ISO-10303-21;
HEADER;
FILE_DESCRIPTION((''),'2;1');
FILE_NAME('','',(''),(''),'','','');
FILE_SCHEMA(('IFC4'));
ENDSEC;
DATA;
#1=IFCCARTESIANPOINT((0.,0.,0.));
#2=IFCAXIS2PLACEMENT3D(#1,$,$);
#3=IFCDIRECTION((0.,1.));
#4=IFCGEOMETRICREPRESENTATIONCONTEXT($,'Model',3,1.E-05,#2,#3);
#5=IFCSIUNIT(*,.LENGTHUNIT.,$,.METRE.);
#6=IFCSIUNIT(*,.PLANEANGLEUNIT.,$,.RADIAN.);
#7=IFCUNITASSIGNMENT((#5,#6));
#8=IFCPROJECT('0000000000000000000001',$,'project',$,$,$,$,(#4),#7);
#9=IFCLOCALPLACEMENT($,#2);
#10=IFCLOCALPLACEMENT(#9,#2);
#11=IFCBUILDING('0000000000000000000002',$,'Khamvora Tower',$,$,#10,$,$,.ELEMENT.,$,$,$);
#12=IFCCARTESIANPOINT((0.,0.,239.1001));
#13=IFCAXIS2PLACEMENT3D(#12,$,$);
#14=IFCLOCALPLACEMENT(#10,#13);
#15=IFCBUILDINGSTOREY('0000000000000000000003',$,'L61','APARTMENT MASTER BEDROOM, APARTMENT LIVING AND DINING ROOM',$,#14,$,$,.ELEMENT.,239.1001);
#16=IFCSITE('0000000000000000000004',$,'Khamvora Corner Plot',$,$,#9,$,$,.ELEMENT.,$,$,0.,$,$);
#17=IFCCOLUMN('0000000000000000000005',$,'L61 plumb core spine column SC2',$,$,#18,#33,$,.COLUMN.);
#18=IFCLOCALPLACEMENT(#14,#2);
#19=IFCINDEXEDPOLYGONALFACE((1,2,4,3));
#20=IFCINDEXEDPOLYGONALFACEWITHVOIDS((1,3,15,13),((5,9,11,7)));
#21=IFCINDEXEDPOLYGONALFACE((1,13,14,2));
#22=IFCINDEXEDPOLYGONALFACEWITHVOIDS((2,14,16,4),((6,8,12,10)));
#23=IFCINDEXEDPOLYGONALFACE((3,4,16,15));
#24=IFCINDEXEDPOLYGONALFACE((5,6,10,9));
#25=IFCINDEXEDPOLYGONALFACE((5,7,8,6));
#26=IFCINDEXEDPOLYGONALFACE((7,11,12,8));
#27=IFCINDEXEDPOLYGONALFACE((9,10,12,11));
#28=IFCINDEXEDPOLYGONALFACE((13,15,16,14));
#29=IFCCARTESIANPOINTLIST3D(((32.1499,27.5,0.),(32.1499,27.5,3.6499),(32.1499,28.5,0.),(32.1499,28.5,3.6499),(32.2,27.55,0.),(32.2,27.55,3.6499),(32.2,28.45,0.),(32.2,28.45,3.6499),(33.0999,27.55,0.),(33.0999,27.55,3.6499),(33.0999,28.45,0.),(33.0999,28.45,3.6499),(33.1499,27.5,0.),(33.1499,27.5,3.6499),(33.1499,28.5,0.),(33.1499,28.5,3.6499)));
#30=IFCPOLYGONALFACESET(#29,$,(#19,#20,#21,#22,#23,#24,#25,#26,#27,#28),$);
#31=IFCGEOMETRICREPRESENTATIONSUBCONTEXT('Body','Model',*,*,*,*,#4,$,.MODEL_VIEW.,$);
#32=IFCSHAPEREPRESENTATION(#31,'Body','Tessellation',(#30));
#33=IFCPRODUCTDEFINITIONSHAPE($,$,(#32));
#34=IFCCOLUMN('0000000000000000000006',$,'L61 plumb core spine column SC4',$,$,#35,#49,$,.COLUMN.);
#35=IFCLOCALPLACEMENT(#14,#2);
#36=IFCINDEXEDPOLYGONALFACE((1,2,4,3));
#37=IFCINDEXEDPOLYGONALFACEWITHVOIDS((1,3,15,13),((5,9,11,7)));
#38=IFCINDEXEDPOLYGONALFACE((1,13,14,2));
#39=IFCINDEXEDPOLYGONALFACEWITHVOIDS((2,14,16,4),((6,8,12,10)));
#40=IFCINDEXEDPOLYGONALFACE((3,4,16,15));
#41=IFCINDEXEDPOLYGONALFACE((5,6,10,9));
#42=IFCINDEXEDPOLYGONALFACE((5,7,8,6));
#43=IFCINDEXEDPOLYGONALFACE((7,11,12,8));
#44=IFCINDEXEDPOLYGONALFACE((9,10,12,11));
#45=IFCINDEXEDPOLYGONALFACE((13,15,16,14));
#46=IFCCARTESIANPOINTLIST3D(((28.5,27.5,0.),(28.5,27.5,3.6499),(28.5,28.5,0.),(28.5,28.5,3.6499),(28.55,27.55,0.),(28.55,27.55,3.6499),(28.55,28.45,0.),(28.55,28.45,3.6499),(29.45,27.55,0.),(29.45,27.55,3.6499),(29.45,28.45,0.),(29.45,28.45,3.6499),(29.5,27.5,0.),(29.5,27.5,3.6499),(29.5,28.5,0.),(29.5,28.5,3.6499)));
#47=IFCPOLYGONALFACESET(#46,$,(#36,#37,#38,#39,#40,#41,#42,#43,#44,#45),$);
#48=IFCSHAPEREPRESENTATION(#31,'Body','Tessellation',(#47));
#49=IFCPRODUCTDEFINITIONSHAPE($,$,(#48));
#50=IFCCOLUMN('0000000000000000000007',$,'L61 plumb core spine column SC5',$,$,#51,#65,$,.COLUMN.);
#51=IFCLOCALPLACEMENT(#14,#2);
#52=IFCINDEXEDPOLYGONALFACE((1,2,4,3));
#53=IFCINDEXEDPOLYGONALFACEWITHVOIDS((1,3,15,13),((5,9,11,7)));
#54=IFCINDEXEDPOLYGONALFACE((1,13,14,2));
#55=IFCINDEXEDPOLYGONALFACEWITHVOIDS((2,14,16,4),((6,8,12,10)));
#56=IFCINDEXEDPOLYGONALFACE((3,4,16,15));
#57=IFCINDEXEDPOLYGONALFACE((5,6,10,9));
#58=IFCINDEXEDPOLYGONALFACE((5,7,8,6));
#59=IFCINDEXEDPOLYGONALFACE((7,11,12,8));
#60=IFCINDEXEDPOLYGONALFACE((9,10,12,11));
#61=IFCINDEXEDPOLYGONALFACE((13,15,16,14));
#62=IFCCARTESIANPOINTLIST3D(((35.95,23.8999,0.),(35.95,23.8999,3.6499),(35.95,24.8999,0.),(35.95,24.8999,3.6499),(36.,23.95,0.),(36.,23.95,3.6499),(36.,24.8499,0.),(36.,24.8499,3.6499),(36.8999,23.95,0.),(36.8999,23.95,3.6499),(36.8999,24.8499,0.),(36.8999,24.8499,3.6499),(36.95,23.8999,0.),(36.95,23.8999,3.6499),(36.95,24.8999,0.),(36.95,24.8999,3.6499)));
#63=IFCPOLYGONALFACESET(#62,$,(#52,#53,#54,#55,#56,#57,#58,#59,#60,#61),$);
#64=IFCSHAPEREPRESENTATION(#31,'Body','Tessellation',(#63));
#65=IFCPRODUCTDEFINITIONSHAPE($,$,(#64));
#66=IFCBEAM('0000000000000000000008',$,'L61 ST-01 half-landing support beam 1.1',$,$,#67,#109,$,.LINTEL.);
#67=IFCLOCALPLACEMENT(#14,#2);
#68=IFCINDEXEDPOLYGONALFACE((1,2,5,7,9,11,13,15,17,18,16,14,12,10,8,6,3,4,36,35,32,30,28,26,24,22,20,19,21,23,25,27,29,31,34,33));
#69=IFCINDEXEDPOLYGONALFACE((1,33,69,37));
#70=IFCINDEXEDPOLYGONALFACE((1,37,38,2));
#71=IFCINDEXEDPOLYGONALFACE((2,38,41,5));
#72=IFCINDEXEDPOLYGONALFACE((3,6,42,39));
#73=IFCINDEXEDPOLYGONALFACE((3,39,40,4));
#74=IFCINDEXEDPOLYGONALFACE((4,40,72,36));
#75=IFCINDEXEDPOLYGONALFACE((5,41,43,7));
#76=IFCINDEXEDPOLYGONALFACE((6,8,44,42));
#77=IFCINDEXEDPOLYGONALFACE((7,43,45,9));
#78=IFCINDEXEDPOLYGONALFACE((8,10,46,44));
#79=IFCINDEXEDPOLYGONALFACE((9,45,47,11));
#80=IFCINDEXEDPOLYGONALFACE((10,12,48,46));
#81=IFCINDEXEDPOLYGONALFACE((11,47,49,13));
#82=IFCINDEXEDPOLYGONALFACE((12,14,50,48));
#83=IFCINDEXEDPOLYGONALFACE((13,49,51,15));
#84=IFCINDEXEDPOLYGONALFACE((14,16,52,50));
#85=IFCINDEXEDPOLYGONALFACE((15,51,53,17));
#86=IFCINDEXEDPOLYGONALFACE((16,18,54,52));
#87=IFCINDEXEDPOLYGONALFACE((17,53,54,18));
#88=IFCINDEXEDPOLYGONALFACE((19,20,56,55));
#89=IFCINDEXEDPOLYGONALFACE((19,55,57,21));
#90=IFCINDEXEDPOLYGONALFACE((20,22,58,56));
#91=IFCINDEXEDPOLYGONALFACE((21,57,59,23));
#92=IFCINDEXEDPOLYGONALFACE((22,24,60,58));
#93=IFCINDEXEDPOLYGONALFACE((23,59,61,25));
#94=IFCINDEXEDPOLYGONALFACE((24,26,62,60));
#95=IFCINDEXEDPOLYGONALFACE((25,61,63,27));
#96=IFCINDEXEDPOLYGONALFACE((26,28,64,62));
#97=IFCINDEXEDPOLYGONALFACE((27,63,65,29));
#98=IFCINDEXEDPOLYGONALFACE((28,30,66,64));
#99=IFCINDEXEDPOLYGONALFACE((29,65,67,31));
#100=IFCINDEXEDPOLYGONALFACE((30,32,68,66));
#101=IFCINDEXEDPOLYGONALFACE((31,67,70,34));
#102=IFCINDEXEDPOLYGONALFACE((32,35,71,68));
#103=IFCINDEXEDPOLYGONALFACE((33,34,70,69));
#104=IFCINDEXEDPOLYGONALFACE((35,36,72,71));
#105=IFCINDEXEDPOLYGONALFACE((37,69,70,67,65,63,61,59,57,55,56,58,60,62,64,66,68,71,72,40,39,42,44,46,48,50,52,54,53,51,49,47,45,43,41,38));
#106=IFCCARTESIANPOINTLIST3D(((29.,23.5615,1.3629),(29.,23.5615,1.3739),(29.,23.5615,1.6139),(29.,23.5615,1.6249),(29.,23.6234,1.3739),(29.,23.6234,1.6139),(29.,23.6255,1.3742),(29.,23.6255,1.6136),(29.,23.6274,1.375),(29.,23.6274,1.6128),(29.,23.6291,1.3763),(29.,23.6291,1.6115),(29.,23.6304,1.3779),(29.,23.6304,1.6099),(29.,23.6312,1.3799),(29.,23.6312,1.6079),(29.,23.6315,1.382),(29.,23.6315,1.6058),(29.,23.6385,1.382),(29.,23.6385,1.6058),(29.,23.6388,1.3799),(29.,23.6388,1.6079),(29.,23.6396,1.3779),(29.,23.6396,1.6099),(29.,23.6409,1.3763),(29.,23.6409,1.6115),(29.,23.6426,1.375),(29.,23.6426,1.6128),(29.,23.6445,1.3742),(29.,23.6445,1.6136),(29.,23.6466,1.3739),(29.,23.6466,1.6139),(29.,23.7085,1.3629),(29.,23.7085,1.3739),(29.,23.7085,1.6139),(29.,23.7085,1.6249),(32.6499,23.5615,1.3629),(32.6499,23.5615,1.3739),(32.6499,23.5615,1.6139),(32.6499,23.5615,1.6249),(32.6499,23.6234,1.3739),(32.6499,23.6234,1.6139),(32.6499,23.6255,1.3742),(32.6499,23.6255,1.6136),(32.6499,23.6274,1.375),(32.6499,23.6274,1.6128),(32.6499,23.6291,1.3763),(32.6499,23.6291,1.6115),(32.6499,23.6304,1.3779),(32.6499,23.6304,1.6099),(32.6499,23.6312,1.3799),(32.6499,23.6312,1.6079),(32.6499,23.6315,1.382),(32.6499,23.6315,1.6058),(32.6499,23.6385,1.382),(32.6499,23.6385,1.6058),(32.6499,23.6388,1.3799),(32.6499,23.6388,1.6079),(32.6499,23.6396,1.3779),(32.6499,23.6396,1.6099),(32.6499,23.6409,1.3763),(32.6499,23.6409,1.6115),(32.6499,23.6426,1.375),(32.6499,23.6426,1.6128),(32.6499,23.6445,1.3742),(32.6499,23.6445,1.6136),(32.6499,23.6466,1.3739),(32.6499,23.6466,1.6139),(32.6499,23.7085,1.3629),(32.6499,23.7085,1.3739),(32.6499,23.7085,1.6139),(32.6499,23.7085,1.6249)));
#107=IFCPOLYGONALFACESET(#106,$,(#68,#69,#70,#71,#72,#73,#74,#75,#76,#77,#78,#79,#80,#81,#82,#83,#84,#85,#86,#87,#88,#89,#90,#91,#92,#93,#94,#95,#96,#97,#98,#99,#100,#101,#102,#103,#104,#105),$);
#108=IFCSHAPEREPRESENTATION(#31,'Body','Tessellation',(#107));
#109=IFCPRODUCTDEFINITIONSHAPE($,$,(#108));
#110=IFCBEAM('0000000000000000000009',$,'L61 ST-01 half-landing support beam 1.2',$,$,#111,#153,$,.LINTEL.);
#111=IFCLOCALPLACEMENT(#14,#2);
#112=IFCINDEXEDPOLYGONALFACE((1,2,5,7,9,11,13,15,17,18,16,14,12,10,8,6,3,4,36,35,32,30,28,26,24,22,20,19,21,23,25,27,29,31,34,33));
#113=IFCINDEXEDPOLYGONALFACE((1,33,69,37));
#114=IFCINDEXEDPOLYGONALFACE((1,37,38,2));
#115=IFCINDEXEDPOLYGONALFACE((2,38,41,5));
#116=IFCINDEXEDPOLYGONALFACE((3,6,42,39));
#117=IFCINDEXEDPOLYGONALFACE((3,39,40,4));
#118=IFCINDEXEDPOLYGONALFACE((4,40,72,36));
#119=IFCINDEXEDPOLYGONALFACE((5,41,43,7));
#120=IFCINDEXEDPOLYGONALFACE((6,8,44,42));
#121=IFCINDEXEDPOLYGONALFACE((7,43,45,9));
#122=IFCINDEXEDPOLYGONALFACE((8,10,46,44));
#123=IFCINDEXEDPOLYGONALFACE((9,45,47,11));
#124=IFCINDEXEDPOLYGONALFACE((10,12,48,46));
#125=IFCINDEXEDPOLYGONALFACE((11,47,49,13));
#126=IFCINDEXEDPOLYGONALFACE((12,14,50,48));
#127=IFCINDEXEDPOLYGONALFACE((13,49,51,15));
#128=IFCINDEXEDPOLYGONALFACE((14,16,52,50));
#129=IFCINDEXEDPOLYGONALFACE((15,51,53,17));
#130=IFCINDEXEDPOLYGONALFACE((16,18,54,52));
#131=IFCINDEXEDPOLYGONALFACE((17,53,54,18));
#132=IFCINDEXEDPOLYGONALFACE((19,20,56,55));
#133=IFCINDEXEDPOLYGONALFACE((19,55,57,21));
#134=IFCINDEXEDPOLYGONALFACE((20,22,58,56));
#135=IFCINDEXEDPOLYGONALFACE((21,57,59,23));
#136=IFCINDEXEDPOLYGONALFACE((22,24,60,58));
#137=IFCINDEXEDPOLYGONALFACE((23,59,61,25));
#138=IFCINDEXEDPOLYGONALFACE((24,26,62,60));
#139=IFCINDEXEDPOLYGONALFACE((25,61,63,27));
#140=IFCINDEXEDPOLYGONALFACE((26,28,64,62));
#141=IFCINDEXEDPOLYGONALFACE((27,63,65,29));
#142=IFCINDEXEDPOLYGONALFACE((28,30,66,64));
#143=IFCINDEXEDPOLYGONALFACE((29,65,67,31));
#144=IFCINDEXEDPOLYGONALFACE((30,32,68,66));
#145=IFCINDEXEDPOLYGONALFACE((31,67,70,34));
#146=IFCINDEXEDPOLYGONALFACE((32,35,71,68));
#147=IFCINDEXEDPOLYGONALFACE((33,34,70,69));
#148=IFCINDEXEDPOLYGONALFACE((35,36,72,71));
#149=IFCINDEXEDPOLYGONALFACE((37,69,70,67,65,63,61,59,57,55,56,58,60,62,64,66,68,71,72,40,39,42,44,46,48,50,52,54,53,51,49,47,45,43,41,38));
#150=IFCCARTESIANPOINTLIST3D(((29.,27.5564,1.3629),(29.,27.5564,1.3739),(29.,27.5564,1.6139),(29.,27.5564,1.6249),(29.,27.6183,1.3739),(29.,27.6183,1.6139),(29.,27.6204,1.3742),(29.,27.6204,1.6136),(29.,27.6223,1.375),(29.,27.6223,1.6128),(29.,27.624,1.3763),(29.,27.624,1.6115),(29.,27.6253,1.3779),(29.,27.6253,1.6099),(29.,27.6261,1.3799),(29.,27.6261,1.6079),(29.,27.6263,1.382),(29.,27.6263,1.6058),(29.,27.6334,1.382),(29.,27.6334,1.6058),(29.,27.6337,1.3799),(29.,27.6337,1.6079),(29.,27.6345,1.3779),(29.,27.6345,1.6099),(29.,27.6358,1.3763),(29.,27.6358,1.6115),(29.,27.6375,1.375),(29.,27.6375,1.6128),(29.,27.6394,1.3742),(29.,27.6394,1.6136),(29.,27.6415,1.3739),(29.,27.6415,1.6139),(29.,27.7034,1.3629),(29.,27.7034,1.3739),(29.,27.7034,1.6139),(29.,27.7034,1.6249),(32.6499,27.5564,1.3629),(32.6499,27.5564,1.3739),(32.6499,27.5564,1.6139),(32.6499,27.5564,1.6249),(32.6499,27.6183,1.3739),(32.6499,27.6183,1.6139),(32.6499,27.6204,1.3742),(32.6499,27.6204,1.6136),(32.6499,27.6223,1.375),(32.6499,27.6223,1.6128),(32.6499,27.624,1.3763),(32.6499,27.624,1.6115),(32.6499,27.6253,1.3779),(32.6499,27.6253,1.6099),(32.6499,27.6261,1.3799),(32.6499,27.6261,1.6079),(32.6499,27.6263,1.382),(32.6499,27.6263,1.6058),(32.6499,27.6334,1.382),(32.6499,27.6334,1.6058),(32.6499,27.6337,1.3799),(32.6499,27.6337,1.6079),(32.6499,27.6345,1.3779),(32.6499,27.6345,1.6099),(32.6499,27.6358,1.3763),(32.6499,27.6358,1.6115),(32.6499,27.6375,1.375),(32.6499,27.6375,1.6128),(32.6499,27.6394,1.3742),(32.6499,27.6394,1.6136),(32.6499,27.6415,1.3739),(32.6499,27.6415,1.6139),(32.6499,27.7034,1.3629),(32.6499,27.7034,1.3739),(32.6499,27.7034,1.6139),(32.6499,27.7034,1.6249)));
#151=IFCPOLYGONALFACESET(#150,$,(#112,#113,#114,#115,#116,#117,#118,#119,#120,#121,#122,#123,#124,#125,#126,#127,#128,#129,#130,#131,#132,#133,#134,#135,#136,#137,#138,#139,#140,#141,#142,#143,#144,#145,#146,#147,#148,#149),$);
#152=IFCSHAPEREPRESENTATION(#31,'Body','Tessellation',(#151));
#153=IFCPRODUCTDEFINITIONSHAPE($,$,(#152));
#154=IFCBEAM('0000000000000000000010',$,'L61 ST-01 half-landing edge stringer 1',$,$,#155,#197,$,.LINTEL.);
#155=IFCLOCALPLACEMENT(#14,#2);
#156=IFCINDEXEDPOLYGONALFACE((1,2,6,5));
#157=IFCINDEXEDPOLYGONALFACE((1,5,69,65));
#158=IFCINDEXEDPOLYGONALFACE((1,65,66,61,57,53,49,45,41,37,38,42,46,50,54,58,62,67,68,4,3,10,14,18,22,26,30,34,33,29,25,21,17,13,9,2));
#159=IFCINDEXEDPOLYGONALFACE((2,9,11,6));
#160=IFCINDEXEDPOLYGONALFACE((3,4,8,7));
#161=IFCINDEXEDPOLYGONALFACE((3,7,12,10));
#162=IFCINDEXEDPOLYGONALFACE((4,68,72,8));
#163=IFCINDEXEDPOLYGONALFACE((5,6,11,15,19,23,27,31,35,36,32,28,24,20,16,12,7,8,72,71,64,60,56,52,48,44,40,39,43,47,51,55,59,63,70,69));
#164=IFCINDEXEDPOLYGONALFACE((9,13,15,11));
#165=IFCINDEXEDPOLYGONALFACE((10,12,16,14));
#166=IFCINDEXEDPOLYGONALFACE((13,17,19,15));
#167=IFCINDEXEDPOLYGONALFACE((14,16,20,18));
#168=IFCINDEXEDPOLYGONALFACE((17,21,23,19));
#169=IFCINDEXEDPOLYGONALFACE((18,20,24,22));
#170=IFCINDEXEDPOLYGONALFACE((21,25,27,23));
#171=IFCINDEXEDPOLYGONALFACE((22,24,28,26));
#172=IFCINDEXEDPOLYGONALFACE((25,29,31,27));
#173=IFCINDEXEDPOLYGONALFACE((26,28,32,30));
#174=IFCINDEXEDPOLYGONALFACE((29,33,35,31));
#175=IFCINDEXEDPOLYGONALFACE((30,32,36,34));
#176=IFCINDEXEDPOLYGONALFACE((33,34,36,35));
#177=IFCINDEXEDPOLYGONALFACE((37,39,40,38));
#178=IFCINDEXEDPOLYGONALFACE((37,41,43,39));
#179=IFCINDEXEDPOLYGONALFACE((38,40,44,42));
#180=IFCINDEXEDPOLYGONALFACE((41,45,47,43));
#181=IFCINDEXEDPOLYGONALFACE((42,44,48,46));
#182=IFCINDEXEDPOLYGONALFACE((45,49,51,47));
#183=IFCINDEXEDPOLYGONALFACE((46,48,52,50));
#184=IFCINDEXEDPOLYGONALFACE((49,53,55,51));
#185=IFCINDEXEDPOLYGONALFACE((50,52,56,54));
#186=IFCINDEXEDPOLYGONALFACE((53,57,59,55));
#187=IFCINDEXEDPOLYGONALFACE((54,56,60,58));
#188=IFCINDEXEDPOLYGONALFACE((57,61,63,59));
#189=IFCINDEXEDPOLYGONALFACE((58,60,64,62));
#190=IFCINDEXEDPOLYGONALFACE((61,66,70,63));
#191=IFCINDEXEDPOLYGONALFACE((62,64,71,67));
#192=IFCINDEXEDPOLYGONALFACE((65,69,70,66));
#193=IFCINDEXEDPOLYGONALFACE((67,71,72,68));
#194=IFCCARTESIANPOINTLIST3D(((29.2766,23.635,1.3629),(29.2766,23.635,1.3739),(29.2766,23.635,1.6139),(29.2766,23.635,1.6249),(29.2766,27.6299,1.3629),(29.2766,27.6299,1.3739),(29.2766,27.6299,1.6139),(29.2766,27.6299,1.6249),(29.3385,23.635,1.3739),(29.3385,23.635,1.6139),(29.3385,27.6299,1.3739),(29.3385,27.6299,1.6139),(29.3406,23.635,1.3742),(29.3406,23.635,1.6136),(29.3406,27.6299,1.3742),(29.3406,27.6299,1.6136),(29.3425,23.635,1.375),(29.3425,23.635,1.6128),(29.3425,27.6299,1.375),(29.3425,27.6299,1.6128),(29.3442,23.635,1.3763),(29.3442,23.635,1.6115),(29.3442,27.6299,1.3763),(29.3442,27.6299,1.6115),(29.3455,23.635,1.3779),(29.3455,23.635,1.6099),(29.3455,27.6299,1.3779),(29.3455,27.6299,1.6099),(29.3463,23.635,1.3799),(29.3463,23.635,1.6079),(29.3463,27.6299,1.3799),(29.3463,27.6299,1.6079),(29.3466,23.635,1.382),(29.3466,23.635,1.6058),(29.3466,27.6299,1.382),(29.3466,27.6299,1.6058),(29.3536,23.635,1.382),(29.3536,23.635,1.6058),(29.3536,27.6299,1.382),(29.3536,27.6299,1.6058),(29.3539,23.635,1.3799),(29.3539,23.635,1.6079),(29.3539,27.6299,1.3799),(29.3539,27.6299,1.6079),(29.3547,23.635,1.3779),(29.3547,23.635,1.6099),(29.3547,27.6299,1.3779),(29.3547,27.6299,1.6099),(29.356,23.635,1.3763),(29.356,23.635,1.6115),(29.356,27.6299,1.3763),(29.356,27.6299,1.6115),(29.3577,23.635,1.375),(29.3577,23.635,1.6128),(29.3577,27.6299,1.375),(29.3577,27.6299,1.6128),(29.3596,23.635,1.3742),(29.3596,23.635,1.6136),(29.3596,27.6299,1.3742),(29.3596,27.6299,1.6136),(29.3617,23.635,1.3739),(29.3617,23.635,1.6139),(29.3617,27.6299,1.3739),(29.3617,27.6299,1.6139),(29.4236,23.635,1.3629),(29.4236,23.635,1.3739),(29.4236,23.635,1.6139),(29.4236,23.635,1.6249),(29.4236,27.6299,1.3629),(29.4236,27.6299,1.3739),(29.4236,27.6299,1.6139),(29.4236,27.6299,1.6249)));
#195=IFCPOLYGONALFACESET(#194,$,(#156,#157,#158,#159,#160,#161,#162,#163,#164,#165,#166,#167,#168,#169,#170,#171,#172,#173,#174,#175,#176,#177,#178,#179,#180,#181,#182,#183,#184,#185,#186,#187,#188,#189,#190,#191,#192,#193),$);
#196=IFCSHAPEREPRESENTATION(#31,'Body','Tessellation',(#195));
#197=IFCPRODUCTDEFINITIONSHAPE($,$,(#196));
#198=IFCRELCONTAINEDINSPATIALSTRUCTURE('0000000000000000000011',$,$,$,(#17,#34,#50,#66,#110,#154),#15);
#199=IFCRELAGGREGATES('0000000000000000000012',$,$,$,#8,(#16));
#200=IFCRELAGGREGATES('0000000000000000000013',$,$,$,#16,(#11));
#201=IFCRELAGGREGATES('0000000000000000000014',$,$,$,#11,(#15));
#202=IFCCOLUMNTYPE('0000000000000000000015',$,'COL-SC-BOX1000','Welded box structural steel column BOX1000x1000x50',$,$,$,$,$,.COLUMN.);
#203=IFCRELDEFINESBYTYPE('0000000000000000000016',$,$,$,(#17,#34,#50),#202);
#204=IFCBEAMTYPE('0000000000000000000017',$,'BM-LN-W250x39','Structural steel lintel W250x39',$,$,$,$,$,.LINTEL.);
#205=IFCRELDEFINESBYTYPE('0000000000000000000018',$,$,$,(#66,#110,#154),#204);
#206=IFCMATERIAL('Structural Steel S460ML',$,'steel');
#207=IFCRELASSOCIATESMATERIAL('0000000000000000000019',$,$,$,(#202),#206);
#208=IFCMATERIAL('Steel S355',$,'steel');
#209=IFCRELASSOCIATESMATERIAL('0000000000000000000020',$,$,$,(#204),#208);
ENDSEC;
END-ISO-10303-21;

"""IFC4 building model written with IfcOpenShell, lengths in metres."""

from ifc_helpers import new_model, si_unit, direction, frame, origin, origin_2d, place, context, subcontext, project, spatial, hollow_rectangle, i_section, extrude, material, material_profile, profile_set, type_object, element, save


model = new_model("IFC4")

# Units and contexts
model_context = context("Model", 3, precision=1e-05, world=origin(), true_north=direction((0.0, 1.0)))
body_context = subcontext(model_context, "Body", "Model", "MODEL_VIEW")
ifc_project = project(units=[si_unit("LENGTHUNIT", "METRE"), si_unit("PLANEANGLEUNIT", "RADIAN")], contexts=[model_context])

# Site, building, storey
site_placement = place(None, origin())
site = spatial("IfcSite", under=ifc_project, at=site_placement, Name="Khamvora Corner Plot", CompositionType="ELEMENT", RefElevation=0.0)
building_placement = place(site_placement, origin())
building = spatial("IfcBuilding", under=site, at=building_placement, Name="Khamvora Tower", CompositionType="ELEMENT")
storey_placement = place(building_placement, frame((0.0, 0.0, 239.1001)))
storey = spatial("IfcBuildingStorey", under=building, at=storey_placement, Name="L61", Description="APARTMENT MASTER BEDROOM, APARTMENT LIVING AND DINING ROOM", CompositionType="ELEMENT", Elevation=239.1001)

# Columns
ifc_material_1 = material(Name="Structural Steel S460ML", Category="steel")
ifc_material_profile_1 = material_profile(ifc_material_1, hollow_rectangle(XDim=1.0, YDim=1.0, WallThickness=0.05, at=origin_2d()), Name="BOX1000x1000x50")
ifc_profile_set_1 = profile_set([ifc_material_profile_1], Name="Structural Steel S460ML")
column_type = type_object("IfcColumnType", Name="COL-SC-BOX1000", Description="Welded box structural steel column BOX1000x1000x50", PredefinedType="COLUMN", material=ifc_profile_set_1)
for number, where, z_axis, x_axis, name in (
    (1, (32.6499, 28.0, 0.0), (0.0, 0.0, 1.0), (1.0, 0.0, 0.0), "L61 plumb core spine column SC2"),
    (2, (29.0, 28.0, 0.0), (0.0, 0.0, 1.0), (1.0, 0.0, 0.0), "L61 plumb core spine column SC4"),
    (3, (36.45, 24.3999, 0.0), (0.0, 0.0, 1.0), (1.0, 0.0, 0.0), "L61 plumb core spine column SC5"),
):
    element("IfcColumn", number, at=place(storey_placement, frame(where, z_axis=z_axis, x_axis=x_axis)), inside=storey, type_object=column_type, Name=name, PredefinedType="COLUMN", context=body_context, shape_type="SweptSolid", body=[
        extrude(hollow_rectangle(XDim=1.0, YDim=1.0, WallThickness=0.05, at=origin_2d()), origin(), (0.0, 0.0, 1.0), 3.6499),
    ])

# Beams
ifc_material_2 = material(Name="Steel S355", Category="steel")
ifc_material_profile_2 = material_profile(ifc_material_2, i_section(OverallWidth=0.147, OverallDepth=0.262, WebThickness=0.0071, FlangeThickness=0.011, FilletRadius=0.0081, at=origin_2d()), Name="W250x39")
ifc_profile_set_2 = profile_set([ifc_material_profile_2], Name="Steel S355")
beam_type_1 = type_object("IfcBeamType", Name="BM-LN-W250x39", Description="Structural steel lintel W250x39", PredefinedType="LINTEL", material=ifc_profile_set_2)
for number, where, z_axis, x_axis, name in (
    (4, (29.0, 23.635, 1.4939), (1.0, 0.0, 0.0), (0.0, 1.0, 0.0), "L61 ST-01 half-landing support beam 1.1"),
    (5, (29.0, 27.6299, 1.4939), (1.0, 0.0, 0.0), (0.0, 1.0, 0.0), "L61 ST-01 half-landing support beam 1.2"),
):
    element("IfcBeam", number, at=place(storey_placement, frame(where, z_axis=z_axis, x_axis=x_axis)), inside=storey, type_object=beam_type_1, Name=name, PredefinedType="LINTEL", context=body_context, shape_type="SweptSolid", body=[
        extrude(i_section(OverallWidth=0.147, OverallDepth=0.262, WebThickness=0.0071, FlangeThickness=0.011, FilletRadius=0.0081, at=origin_2d()), origin(), (0.0, 0.0, 1.0), 3.6499),
    ])
beam_1_placement = place(storey_placement, frame((29.3501, 23.635, 1.4939), z_axis=(0.0, 1.0, 0.0), x_axis=(-1.0, 0.0, 0.0)))
element("IfcBeam", 6, at=beam_1_placement, inside=storey, type_object=beam_type_1, Name="L61 ST-01 half-landing edge stringer 1", PredefinedType="LINTEL", context=body_context, shape_type="SweptSolid", body=[
    extrude(i_section(OverallWidth=0.147, OverallDepth=0.262, WebThickness=0.0071, FlangeThickness=0.011, FilletRadius=0.0081, at=origin_2d()), origin(), (0.0, 0.0, 1.0), 3.9949),
])

save(model, "model.ifc")
